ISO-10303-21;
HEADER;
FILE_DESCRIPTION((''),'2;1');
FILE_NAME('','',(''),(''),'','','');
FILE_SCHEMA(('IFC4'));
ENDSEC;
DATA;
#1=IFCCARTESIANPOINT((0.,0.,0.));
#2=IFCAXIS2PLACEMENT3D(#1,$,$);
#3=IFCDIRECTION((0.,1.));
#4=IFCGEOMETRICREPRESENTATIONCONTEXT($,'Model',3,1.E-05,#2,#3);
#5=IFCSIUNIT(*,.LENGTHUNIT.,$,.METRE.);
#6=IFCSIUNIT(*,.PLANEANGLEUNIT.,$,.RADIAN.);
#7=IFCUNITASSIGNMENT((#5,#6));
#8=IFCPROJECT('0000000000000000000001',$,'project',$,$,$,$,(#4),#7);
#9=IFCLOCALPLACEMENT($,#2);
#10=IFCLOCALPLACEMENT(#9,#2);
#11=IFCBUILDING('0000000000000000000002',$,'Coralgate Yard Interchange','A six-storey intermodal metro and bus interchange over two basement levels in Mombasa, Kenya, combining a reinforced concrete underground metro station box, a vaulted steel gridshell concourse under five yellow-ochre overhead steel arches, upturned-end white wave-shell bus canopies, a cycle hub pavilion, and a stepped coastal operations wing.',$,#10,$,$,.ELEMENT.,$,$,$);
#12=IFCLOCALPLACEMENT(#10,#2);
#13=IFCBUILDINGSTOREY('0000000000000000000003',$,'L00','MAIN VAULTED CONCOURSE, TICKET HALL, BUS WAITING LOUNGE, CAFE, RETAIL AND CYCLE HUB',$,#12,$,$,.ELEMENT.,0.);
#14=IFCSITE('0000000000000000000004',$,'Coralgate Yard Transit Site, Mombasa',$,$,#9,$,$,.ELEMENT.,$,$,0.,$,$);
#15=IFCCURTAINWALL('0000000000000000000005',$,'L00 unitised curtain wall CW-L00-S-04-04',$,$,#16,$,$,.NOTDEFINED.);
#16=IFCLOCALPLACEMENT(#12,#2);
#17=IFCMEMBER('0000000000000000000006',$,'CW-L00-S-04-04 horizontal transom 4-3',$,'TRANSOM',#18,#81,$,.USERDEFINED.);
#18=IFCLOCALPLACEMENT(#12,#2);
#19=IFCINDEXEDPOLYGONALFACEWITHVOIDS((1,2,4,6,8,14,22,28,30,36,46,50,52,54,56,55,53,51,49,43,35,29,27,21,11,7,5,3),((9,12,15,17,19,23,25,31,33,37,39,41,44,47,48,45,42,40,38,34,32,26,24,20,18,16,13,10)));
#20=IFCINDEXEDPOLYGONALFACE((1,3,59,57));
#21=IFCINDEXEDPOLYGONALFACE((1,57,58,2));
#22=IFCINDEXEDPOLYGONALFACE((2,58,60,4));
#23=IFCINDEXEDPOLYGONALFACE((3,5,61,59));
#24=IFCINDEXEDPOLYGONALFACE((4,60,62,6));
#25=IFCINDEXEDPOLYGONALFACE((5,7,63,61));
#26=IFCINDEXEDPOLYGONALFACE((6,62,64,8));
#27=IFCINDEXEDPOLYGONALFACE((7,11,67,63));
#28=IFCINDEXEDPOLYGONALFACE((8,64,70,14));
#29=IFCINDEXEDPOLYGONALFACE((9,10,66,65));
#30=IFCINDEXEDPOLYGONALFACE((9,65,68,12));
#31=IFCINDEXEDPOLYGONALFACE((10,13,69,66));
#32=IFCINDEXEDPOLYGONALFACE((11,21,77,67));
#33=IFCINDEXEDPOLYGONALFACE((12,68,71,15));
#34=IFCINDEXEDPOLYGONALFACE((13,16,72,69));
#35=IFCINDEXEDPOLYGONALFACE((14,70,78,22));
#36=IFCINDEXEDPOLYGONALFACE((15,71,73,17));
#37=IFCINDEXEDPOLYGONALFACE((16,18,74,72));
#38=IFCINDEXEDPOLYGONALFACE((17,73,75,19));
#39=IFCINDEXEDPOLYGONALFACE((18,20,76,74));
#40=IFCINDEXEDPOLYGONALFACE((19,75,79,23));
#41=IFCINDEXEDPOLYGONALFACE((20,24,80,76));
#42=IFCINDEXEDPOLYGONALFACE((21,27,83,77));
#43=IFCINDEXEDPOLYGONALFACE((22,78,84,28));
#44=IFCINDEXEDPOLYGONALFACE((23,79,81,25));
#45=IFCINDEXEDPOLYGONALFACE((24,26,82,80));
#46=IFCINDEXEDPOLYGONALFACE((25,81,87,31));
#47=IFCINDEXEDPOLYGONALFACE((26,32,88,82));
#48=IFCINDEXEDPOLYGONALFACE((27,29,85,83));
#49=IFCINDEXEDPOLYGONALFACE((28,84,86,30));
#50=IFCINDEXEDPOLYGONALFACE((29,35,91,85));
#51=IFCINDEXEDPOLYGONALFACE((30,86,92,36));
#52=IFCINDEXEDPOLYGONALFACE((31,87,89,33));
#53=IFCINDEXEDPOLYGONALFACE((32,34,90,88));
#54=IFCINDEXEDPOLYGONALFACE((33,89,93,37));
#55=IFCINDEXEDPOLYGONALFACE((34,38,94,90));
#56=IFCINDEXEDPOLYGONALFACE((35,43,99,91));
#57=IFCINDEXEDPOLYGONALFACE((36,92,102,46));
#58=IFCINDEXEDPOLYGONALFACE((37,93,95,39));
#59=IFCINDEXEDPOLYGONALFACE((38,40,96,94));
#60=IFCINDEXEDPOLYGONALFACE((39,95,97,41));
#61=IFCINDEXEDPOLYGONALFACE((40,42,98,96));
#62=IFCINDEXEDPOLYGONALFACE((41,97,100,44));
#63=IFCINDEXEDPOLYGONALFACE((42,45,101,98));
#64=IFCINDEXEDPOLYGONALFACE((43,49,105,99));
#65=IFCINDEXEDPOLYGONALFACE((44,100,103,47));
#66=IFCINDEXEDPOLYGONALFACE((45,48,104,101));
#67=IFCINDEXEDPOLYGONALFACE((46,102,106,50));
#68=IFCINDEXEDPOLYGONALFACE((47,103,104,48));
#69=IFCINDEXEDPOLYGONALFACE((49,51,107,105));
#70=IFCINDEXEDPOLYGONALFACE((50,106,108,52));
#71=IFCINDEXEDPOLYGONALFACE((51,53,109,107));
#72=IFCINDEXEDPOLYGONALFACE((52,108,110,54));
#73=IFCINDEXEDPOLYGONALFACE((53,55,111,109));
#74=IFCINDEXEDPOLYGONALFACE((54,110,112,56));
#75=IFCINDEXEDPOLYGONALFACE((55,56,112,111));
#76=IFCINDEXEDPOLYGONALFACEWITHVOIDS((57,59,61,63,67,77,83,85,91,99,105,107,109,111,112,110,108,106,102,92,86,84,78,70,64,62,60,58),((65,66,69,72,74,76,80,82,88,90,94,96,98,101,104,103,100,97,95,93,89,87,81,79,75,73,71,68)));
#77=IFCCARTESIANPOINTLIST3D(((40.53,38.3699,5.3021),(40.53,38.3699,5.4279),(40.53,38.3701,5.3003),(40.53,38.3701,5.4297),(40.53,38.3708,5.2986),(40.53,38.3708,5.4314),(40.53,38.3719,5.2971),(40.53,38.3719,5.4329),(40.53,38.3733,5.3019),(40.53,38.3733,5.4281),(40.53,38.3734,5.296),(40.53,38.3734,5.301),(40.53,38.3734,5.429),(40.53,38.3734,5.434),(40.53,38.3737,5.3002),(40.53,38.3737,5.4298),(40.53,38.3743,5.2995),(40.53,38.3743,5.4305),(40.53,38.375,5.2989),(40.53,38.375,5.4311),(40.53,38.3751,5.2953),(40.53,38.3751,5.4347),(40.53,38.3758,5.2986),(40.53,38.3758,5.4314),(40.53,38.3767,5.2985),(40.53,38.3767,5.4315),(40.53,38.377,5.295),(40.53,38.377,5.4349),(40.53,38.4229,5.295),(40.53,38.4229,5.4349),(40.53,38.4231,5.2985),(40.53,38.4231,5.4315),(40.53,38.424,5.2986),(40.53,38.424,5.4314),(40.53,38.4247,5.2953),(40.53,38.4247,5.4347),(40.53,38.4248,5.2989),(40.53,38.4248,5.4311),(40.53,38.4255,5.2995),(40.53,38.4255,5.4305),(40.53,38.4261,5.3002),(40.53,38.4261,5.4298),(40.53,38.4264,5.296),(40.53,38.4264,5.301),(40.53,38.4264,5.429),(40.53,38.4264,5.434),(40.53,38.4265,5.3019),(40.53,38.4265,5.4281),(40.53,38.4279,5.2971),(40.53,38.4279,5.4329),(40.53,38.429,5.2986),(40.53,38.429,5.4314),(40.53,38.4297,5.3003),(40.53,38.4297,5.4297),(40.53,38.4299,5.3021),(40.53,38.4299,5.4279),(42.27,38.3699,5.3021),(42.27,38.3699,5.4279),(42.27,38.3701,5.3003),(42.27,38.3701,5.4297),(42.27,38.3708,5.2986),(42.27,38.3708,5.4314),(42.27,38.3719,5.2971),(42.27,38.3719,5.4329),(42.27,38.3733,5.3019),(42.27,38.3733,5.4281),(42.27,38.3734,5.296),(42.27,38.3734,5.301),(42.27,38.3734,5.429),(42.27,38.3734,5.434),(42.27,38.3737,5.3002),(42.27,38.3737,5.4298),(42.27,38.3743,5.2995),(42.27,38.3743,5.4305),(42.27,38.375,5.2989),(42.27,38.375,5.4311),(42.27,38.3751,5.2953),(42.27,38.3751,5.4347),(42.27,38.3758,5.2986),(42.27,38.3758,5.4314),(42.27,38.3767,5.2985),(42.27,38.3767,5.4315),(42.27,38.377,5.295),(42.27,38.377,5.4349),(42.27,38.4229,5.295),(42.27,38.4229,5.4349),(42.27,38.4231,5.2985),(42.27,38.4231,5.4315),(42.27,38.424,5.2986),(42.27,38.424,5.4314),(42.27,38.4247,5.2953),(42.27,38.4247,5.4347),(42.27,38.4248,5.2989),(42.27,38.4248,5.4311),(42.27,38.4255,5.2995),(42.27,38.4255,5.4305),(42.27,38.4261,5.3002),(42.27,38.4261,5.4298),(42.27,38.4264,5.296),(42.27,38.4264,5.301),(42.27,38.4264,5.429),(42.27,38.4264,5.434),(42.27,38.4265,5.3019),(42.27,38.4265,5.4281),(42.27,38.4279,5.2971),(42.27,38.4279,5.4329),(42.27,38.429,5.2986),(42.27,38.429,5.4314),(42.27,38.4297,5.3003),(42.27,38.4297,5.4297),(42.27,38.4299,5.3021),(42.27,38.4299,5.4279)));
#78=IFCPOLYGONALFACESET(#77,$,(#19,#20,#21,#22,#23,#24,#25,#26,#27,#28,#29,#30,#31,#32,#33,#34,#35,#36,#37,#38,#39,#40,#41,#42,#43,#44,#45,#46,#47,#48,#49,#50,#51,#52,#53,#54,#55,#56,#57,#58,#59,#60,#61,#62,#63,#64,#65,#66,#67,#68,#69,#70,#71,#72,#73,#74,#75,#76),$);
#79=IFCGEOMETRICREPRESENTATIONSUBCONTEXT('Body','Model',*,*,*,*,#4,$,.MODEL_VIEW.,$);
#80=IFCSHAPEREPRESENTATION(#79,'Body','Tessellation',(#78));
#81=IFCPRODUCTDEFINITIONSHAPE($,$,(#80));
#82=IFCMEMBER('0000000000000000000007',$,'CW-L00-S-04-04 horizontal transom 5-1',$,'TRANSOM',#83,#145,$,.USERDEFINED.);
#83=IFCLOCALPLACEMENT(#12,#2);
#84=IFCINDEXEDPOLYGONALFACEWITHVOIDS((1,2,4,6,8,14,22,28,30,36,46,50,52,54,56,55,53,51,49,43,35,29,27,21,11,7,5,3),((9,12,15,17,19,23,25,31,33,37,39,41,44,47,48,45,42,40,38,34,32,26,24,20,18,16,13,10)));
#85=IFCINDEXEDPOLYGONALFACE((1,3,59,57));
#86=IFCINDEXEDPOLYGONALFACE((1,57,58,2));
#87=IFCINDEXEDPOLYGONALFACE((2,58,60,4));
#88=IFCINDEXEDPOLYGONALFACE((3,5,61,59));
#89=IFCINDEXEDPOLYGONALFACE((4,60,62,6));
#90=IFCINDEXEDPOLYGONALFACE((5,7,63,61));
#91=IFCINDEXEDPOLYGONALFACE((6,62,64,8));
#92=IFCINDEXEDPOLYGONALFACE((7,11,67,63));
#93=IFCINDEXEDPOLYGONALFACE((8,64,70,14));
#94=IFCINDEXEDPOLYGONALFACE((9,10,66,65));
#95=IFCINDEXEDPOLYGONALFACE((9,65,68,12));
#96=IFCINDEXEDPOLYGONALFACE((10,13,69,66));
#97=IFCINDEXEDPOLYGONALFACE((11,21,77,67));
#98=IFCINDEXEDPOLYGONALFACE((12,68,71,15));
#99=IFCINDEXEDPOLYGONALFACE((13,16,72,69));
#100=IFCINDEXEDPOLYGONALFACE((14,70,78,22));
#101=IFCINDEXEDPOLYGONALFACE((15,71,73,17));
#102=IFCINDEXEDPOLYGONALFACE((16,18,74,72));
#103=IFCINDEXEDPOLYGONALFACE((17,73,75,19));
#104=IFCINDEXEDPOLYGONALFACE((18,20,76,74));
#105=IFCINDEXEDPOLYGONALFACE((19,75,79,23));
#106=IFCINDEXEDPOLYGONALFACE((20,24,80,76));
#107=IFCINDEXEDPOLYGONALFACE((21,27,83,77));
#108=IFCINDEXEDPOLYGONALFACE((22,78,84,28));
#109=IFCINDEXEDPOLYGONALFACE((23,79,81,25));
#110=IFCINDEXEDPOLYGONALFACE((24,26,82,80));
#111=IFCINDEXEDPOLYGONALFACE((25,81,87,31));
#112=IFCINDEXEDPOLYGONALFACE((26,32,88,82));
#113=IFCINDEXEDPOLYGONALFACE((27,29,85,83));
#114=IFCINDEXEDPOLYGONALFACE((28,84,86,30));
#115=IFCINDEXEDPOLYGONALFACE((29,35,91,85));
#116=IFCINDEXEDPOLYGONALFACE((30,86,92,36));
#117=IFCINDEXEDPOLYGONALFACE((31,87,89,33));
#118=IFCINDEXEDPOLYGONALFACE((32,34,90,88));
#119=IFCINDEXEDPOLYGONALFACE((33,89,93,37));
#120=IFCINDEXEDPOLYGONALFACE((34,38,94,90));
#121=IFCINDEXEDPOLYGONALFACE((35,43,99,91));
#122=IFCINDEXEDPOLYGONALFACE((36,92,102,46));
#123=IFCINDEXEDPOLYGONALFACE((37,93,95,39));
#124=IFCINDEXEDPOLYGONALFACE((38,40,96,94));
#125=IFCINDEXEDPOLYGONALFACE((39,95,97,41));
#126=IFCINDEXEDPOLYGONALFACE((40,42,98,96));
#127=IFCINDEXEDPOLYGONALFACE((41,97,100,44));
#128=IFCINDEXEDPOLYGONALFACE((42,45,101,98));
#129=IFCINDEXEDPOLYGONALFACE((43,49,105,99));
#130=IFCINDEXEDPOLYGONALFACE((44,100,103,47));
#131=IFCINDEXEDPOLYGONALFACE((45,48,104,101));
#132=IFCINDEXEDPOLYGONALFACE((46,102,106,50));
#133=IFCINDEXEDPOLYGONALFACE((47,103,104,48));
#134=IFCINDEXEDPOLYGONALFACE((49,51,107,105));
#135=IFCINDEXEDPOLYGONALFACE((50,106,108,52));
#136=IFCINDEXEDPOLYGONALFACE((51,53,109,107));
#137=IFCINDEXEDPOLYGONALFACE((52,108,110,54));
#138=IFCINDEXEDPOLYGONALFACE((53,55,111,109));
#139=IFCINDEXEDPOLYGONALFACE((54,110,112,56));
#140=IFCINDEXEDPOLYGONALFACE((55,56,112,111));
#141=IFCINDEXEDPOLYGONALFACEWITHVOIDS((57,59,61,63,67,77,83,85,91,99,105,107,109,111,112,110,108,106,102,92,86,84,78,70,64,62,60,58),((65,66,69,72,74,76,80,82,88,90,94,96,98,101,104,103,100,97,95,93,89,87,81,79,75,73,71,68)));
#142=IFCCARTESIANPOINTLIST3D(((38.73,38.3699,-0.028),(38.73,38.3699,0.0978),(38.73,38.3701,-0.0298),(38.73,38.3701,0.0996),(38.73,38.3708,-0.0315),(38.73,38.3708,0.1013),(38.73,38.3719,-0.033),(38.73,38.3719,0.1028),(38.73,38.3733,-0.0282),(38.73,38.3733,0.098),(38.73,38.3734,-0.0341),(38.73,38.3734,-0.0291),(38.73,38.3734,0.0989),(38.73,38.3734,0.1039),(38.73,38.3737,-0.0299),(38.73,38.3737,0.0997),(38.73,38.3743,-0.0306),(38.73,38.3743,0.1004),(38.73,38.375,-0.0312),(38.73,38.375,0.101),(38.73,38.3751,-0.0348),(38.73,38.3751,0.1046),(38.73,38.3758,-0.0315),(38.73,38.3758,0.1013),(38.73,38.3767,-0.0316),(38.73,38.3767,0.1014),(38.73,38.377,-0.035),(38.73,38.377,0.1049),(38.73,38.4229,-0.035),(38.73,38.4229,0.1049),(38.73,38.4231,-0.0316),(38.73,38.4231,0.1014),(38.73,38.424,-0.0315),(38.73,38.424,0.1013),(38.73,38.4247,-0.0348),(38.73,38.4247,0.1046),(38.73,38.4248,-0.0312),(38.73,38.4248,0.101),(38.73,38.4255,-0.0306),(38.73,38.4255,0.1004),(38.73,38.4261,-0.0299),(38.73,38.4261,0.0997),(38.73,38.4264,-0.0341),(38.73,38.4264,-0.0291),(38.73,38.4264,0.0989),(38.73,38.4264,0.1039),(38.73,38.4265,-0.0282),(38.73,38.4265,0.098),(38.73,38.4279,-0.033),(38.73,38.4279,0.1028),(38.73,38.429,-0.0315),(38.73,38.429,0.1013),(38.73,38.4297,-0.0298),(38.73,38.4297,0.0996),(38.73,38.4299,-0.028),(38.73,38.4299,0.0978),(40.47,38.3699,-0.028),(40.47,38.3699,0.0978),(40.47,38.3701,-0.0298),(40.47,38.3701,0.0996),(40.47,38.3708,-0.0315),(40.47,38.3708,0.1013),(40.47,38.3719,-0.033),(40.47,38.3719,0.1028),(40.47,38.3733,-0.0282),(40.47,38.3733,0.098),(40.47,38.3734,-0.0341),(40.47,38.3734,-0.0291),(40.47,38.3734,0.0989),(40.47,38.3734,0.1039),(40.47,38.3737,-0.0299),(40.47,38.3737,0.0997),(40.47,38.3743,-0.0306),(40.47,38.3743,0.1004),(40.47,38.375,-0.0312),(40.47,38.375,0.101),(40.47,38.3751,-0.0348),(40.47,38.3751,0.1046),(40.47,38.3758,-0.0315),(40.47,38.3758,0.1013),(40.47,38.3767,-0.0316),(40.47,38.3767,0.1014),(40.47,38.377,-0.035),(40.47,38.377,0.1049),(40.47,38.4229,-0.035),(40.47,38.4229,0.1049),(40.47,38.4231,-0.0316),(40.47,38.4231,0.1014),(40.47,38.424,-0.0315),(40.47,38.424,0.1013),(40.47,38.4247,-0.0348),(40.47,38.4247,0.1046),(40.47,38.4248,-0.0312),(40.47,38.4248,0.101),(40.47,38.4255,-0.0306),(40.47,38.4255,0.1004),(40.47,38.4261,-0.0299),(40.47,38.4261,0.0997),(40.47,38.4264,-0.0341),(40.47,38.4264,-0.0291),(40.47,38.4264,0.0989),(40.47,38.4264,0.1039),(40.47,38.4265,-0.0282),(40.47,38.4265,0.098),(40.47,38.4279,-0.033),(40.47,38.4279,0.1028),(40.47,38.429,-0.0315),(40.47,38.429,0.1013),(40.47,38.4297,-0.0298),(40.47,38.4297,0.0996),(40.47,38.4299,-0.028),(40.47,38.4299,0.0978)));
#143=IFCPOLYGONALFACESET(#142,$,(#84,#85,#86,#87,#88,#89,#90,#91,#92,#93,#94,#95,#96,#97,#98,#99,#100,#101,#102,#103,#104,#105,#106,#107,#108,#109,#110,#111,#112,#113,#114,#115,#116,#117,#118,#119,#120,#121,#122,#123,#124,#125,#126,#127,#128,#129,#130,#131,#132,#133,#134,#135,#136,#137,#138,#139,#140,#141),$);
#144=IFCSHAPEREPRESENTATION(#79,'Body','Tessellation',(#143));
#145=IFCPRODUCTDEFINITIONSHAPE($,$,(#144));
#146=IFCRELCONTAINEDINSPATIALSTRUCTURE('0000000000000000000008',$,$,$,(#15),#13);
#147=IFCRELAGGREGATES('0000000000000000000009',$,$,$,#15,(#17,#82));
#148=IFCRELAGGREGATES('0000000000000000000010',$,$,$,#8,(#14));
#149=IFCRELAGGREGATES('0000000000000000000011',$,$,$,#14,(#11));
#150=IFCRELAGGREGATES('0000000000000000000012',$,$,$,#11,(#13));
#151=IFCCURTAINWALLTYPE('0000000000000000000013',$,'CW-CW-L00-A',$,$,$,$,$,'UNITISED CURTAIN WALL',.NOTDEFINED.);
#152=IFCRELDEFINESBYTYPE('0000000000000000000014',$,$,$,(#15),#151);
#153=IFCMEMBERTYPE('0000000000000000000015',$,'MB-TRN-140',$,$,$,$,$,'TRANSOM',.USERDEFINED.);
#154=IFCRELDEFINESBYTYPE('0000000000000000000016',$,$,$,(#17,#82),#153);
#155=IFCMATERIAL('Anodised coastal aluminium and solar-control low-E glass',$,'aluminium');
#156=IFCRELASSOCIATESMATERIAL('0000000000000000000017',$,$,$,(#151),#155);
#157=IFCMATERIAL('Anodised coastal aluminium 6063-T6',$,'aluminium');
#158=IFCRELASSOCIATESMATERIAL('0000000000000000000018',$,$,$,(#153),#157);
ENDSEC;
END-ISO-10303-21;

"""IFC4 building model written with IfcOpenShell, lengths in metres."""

from ifc_helpers import new_model, si_unit, direction, frame, origin, origin_2d, place, context, subcontext, project, spatial, hollow_rectangle, extrude, material, material_profile, profile_set, type_object, element, aggregate, save


model = new_model("IFC4")

# Units and contexts
model_context = context("Model", 3, precision=1e-05, world=origin(), true_north=direction((0.0, 1.0)))
body_context = subcontext(model_context, "Body", "Model", "MODEL_VIEW")
ifc_project = project(units=[si_unit("LENGTHUNIT", "METRE"), si_unit("PLANEANGLEUNIT", "RADIAN")], contexts=[model_context])

# Site, building, storey
site_placement = place(None, origin())
site = spatial("IfcSite", under=ifc_project, at=site_placement, Name="Coralgate Yard Transit Site, Mombasa", CompositionType="ELEMENT", RefElevation=0.0)
building_placement = place(site_placement, origin())
building = spatial("IfcBuilding", under=site, at=building_placement, Name="Coralgate Yard Interchange", Description="A six-storey intermodal metro and bus interchange over two basement levels in Mombasa, Kenya, combining a reinforced concrete underground metro station box, a vaulted steel gridshell concourse under five yellow-ochre overhead steel arches, upturned-end white wave-shell bus canopies, a cycle hub pavilion, and a stepped coastal operations wing.", CompositionType="ELEMENT")
storey_placement = place(building_placement, origin())
storey = spatial("IfcBuildingStorey", under=building, at=storey_placement, Name="L00", Description="MAIN VAULTED CONCOURSE, TICKET HALL, BUS WAITING LOUNGE, CAFE, RETAIL AND CYCLE HUB", CompositionType="ELEMENT", Elevation=0.0)

# Curtain wall, members
ifc_material_1 = material(Name="Anodised coastal aluminium and solar-control low-E glass", Category="aluminium")
curtain_wall_type = type_object("IfcCurtainWallType", Name="CW-CW-L00-A", ElementType="UNITISED CURTAIN WALL", PredefinedType="NOTDEFINED", material=ifc_material_1)
curtain_wall_placement = place(storey_placement, origin())
curtain_wall = element("IfcCurtainWall", 1, at=curtain_wall_placement, inside=storey, type_object=curtain_wall_type, Name="L00 unitised curtain wall CW-L00-S-04-04", PredefinedType="NOTDEFINED")
ifc_material_2 = material(Name="Anodised coastal aluminium 6063-T6", Category="aluminium")
ifc_material_profile_1 = material_profile(ifc_material_2, hollow_rectangle(XDim=0.0601, YDim=0.1399, WallThickness=0.0034, InnerFilletRadius=0.0034, OuterFilletRadius=0.0071, at=origin_2d()), Name="ALU 60x140x3.5")
ifc_profile_set_1 = profile_set([ifc_material_profile_1], Name="Anodised coastal aluminium 6063-T6")
member_type_1 = type_object("IfcMemberType", Name="MB-TRN-140", ElementType="TRANSOM", PredefinedType="USERDEFINED", material=ifc_profile_set_1)
member_1_placement = place(storey_placement, frame((42.27, 38.3999, 5.365), z_axis=(-1.0, 0.0, 0.0), x_axis=(0.0, -1.0, 0.0)))
member_1 = element("IfcMember", 2, at=member_1_placement, type_object=member_type_1, Name="CW-L00-S-04-04 horizontal transom 4-3", ObjectType="TRANSOM", PredefinedType="USERDEFINED", context=body_context, shape_type="SweptSolid", body=[
    extrude(hollow_rectangle(XDim=0.0601, YDim=0.1399, WallThickness=0.0034, InnerFilletRadius=0.0034, OuterFilletRadius=0.0071, at=origin_2d()), origin(), (0.0, 0.0, 1.0), 1.74),
])
member_2_placement = place(storey_placement, frame((40.47, 38.3999, 0.0349), z_axis=(-1.0, 0.0, 0.0), x_axis=(0.0, -1.0, 0.0)))
member_2 = element("IfcMember", 3, at=member_2_placement, type_object=member_type_1, Name="CW-L00-S-04-04 horizontal transom 5-1", ObjectType="TRANSOM", PredefinedType="USERDEFINED", context=body_context, shape_type="SweptSolid", body=[
    extrude(hollow_rectangle(XDim=0.0601, YDim=0.1399, WallThickness=0.0034, InnerFilletRadius=0.0034, OuterFilletRadius=0.0071, at=origin_2d()), origin(), (0.0, 0.0, 1.0), 1.74),
])
aggregate(curtain_wall, [member_1, member_2])

save(model, "model.ifc")
